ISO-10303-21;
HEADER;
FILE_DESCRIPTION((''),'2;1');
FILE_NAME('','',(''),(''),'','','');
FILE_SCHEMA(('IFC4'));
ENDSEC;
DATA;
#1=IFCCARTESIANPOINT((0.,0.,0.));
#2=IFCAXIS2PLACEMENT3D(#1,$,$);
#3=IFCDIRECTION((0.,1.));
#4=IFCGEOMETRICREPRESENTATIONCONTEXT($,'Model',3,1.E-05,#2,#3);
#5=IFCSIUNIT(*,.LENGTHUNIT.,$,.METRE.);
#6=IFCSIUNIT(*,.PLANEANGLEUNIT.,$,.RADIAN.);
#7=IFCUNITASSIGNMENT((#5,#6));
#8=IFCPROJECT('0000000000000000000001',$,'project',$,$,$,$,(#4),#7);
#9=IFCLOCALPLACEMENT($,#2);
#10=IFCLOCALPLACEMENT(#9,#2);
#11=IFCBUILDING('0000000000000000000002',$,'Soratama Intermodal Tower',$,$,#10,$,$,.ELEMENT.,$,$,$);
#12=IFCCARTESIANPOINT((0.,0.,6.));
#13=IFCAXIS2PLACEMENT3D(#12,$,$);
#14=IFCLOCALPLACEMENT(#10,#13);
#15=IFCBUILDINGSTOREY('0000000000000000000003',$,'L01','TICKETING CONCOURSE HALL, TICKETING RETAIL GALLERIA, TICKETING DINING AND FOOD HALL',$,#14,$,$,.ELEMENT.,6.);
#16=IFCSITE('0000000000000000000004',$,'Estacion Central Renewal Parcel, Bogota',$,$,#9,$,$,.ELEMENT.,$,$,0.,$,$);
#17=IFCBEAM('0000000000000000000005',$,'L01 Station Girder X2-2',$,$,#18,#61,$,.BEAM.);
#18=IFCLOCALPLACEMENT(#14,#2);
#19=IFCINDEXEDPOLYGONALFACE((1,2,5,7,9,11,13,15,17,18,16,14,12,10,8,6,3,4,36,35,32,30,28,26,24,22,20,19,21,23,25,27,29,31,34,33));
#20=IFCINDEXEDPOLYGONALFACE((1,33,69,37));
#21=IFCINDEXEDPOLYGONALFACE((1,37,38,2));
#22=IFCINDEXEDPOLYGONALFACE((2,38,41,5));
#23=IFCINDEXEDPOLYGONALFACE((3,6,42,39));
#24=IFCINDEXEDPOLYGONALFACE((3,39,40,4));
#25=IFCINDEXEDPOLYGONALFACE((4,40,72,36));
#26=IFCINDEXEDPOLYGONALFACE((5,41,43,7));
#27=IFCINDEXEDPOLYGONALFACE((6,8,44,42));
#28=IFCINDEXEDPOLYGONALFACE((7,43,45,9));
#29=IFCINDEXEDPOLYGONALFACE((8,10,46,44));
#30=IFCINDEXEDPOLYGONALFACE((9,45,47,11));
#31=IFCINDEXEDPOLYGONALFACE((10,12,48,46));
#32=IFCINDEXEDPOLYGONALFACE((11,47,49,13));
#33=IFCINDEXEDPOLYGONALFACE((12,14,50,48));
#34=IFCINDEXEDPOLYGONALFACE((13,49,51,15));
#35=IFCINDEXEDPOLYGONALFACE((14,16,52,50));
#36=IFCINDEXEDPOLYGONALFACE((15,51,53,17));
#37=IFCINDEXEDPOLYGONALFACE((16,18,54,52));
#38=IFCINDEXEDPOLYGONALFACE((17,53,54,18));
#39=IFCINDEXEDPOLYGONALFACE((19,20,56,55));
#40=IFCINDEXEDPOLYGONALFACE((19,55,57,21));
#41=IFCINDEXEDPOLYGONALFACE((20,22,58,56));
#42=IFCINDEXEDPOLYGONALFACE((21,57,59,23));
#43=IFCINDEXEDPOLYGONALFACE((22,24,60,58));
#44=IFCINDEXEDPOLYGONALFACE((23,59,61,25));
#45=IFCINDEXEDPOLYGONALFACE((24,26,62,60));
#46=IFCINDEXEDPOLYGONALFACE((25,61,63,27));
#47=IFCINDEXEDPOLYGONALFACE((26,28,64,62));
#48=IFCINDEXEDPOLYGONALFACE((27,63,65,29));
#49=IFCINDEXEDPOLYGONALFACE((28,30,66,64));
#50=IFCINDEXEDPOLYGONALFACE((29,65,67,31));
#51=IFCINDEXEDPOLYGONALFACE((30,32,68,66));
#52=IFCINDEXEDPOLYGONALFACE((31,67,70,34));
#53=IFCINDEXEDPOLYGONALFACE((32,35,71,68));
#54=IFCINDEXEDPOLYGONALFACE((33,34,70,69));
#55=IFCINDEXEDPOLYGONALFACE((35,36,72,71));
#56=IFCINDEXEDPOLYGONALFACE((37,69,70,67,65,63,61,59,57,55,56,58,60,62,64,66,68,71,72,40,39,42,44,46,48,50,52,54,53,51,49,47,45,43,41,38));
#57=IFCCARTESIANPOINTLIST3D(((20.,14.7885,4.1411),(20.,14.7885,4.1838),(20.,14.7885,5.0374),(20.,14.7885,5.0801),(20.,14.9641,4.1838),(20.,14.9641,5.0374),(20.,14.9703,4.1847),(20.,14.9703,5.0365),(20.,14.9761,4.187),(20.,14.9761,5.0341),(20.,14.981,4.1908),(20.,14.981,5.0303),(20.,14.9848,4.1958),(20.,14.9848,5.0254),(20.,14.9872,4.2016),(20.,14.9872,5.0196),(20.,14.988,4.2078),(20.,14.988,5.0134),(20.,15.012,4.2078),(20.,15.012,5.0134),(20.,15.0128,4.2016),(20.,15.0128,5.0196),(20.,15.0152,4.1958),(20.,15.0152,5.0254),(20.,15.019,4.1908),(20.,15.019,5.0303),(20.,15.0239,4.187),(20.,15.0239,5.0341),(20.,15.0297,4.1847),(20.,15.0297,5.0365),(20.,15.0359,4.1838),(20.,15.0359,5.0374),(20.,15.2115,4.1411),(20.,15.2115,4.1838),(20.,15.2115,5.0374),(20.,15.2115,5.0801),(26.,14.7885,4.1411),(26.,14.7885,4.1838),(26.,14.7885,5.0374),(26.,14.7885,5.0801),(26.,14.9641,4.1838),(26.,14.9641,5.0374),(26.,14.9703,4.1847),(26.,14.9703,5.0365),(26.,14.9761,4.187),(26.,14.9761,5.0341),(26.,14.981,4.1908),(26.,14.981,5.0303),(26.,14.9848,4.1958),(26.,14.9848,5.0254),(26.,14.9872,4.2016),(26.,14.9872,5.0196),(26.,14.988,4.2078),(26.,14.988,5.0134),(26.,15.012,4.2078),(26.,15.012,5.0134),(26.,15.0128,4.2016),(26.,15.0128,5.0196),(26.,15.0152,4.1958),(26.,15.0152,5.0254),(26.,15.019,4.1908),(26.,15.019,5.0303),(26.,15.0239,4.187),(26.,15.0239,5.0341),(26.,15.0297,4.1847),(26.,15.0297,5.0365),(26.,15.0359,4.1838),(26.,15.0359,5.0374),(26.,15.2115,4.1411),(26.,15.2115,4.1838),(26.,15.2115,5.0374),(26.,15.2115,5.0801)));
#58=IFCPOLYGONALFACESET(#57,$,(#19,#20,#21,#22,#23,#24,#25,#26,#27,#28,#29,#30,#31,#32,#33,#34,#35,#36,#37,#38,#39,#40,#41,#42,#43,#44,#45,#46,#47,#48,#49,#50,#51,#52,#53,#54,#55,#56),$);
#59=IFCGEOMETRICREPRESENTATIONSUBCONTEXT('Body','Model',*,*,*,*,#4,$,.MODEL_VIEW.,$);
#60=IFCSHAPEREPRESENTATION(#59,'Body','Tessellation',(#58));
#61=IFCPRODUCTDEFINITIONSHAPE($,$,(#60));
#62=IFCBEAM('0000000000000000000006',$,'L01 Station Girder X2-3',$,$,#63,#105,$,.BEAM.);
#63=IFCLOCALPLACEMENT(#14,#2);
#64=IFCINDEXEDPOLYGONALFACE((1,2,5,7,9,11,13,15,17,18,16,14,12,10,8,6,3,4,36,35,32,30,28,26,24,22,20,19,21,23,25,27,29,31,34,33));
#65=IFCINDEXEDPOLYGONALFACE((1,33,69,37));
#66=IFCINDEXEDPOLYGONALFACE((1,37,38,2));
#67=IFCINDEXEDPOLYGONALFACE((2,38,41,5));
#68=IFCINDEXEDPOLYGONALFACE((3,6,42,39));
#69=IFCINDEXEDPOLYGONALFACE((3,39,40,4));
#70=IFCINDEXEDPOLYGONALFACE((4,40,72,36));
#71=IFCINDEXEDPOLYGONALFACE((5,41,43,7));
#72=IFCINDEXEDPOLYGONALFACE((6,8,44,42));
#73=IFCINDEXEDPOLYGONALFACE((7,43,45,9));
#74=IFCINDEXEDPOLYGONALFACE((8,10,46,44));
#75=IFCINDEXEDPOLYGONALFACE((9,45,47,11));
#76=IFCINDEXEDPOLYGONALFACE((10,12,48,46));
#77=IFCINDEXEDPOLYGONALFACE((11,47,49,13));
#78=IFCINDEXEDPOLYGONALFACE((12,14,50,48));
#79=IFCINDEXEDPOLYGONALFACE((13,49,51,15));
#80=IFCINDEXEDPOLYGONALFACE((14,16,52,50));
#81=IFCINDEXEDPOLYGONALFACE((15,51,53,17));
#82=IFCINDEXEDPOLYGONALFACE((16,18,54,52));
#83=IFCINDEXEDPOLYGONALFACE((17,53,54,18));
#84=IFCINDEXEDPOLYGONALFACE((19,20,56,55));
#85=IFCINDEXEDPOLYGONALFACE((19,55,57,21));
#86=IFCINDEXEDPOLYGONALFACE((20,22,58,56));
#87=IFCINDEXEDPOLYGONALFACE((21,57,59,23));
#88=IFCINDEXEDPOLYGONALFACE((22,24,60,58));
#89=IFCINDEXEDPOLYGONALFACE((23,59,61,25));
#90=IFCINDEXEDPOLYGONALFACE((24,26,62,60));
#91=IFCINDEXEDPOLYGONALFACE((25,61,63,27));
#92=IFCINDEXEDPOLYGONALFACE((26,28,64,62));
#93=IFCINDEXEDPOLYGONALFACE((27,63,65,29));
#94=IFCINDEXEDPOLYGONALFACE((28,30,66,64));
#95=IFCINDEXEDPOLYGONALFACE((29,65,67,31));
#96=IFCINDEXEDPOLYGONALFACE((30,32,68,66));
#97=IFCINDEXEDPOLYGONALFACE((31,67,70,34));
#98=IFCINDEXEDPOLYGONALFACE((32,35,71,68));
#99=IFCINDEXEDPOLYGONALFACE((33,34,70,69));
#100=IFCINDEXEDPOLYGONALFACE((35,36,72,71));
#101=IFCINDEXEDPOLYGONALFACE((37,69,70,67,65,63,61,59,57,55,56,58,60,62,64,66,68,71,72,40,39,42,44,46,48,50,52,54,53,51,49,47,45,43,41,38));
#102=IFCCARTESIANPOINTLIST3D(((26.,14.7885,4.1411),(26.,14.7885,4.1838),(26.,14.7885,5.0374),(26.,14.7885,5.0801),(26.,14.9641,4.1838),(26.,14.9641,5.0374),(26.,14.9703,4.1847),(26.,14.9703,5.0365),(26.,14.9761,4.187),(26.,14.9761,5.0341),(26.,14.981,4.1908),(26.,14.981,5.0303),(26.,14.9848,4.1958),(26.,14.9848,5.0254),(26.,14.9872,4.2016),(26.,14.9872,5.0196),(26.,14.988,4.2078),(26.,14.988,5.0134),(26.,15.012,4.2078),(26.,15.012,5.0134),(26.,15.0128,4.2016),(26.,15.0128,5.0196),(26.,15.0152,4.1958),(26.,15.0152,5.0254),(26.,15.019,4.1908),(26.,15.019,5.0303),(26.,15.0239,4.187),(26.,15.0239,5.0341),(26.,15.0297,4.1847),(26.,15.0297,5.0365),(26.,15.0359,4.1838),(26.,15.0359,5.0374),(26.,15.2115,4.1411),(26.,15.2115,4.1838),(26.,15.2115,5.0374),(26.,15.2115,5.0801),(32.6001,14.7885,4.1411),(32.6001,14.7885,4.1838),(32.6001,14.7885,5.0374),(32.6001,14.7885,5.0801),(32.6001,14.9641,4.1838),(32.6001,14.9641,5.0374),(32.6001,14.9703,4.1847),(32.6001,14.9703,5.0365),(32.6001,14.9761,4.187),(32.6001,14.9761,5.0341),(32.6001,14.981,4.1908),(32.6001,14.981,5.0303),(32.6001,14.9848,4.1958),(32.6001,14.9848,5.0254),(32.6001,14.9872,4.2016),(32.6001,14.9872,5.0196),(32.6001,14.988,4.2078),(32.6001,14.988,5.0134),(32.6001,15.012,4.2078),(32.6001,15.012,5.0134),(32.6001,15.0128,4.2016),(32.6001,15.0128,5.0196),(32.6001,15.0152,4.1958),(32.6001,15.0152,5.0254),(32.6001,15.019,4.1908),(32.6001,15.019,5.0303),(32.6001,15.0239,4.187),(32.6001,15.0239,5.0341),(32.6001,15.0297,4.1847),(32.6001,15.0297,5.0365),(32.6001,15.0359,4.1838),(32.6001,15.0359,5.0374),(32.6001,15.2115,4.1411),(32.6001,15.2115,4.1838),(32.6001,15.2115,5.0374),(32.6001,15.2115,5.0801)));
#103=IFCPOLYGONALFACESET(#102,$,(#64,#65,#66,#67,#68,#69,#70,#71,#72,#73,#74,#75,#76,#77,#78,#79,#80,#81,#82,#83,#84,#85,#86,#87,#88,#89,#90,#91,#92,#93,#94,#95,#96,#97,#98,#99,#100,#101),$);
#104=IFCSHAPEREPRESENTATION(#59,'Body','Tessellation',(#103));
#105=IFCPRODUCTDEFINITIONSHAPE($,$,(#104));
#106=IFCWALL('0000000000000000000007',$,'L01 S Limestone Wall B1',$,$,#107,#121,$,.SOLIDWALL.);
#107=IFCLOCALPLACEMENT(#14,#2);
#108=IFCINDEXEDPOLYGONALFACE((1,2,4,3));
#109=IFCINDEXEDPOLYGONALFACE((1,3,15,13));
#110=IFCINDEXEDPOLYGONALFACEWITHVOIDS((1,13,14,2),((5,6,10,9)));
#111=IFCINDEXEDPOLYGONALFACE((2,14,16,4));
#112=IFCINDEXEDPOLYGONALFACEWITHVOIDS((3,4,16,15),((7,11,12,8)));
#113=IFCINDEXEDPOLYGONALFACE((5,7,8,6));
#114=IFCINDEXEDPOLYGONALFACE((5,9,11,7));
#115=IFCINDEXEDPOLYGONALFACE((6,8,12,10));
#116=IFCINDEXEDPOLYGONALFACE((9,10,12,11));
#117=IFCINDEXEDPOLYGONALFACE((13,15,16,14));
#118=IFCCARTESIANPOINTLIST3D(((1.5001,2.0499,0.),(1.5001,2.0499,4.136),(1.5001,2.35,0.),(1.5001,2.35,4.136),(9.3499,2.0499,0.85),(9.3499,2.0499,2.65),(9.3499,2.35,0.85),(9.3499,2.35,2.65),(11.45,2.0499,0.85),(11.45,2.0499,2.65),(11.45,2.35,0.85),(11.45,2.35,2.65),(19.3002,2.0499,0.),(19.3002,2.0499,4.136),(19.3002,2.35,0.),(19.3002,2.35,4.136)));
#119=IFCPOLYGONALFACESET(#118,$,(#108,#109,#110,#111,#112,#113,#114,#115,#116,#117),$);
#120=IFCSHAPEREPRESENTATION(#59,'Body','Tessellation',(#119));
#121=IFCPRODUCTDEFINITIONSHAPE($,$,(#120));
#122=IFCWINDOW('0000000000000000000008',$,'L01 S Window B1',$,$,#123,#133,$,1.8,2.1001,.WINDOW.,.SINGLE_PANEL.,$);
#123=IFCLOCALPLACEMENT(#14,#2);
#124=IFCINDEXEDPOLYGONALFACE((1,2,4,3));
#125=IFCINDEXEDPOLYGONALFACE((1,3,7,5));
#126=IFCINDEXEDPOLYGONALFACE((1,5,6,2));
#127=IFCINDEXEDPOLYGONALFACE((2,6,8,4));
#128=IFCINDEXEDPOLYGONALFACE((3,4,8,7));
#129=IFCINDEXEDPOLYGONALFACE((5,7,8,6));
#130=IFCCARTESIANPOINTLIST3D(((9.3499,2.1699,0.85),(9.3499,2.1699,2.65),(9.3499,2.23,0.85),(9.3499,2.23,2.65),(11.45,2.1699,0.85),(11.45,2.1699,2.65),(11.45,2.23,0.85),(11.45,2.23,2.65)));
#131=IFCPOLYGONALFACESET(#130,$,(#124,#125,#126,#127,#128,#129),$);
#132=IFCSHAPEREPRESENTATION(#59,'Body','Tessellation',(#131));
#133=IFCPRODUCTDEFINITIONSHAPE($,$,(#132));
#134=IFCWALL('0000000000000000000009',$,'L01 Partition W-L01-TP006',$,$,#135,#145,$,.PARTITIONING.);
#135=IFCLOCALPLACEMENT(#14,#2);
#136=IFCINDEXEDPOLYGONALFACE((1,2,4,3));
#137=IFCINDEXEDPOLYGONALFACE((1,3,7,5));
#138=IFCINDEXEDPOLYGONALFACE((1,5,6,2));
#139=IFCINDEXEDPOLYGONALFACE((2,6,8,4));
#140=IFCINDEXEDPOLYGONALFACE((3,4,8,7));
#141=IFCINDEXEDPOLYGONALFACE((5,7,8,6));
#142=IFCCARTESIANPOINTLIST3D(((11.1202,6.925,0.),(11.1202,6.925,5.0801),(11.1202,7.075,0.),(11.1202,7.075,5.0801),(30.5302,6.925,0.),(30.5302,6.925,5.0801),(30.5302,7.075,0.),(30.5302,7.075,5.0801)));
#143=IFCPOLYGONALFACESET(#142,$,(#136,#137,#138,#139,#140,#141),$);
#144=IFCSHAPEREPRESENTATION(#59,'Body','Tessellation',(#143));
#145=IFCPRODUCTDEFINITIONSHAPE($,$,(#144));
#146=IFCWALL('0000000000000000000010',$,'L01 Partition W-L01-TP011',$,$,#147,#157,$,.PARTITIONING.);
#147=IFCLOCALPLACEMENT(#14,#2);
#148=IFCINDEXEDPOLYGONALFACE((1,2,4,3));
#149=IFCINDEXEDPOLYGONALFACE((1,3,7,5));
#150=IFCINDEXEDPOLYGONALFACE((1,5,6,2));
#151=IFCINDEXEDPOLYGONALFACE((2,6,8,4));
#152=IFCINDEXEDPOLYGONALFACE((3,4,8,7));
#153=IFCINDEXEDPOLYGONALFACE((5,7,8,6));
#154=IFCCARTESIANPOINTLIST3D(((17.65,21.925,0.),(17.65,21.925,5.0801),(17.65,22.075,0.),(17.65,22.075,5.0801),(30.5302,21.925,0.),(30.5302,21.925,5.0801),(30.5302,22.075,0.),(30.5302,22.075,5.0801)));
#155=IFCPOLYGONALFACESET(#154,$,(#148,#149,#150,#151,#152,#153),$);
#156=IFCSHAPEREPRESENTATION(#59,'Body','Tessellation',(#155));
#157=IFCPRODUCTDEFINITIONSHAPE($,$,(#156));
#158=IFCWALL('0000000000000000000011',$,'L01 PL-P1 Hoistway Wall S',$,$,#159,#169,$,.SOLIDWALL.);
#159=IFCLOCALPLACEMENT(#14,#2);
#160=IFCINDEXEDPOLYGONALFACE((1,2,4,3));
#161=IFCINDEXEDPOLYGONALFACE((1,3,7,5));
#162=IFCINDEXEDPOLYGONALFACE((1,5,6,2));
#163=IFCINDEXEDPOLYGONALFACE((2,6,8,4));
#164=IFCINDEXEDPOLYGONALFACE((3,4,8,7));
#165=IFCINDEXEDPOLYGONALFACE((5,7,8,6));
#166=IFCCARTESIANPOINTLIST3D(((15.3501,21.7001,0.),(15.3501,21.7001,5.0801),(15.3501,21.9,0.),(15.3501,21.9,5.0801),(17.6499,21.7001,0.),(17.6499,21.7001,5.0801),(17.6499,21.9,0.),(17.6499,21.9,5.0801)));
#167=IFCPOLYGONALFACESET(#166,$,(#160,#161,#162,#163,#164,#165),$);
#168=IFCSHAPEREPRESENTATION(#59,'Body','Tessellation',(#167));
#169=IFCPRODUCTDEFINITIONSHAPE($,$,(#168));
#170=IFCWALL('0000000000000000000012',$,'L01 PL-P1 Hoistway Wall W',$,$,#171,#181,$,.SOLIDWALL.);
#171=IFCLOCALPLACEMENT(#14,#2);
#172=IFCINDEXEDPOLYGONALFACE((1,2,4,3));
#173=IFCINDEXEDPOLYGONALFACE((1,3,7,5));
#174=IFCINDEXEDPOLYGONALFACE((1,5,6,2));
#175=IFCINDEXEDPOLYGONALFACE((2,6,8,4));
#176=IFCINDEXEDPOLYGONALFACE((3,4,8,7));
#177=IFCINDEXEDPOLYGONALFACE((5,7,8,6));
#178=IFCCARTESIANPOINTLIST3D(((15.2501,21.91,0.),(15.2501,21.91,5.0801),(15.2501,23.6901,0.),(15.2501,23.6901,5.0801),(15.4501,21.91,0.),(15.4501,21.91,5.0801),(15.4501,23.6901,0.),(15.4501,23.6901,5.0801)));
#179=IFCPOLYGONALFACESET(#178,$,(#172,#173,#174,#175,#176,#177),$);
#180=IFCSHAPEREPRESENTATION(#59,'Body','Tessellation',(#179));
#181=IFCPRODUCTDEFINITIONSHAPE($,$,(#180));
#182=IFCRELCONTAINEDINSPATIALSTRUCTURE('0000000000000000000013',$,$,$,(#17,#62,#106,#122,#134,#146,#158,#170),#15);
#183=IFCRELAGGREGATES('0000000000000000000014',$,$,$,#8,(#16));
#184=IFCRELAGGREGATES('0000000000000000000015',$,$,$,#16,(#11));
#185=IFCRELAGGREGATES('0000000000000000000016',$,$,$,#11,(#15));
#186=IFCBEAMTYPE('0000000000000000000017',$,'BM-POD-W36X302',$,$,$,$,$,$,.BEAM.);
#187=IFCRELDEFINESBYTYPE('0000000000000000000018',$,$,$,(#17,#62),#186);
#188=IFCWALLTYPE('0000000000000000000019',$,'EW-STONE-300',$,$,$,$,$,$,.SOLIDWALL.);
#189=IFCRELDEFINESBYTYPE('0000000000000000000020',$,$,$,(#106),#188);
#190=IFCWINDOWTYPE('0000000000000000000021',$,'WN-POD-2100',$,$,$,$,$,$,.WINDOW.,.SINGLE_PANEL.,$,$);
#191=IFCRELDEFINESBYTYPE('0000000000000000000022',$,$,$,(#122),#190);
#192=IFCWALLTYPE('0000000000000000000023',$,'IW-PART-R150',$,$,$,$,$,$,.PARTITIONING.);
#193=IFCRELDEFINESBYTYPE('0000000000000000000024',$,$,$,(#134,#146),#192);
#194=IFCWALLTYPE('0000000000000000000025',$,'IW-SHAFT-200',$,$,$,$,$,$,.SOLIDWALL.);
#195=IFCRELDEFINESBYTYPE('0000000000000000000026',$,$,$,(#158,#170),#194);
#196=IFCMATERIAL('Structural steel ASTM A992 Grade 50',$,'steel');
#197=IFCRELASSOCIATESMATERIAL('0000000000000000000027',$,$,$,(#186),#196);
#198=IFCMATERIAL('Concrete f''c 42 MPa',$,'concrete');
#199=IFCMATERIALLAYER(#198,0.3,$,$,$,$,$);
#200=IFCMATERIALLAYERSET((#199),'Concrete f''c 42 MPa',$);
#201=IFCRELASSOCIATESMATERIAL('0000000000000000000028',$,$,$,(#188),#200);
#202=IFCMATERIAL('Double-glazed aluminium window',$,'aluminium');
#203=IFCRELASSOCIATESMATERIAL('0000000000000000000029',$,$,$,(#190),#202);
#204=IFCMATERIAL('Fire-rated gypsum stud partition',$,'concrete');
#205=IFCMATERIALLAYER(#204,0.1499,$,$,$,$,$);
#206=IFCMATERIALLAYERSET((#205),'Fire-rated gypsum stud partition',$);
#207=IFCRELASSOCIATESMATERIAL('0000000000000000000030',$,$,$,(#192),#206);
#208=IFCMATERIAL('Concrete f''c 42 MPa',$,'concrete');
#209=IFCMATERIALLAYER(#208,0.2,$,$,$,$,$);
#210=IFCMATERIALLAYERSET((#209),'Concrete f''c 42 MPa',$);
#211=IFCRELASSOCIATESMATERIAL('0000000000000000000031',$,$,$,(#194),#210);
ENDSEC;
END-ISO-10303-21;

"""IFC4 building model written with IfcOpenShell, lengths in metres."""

from ifc_helpers import new_model, si_unit, direction, frame, frame_2d, origin, origin_2d, place, context, subcontext, project, spatial, rectangle, i_section, extrude, material, layer, layer_set, material_profile, profile_set, type_object, element, fill, save


model = new_model("IFC4")

# Units and contexts
model_context = context("Model", 3, precision=1e-05, world=origin(), true_north=direction((0.0, 1.0)))
body_context = subcontext(model_context, "Body", "Model", "MODEL_VIEW")
ifc_project = project(units=[si_unit("LENGTHUNIT", "METRE"), si_unit("PLANEANGLEUNIT", "RADIAN")], contexts=[model_context])

# Site, building, storey
site_placement = place(None, origin())
site = spatial("IfcSite", under=ifc_project, at=site_placement, Name="Estacion Central Renewal Parcel, Bogota", CompositionType="ELEMENT", RefElevation=0.0)
building_placement = place(site_placement, origin())
building = spatial("IfcBuilding", under=site, at=building_placement, Name="Soratama Intermodal Tower", CompositionType="ELEMENT")
storey_placement = place(building_placement, frame((0.0, 0.0, 6.0)))
storey = spatial("IfcBuildingStorey", under=building, at=storey_placement, Name="L01", Description="TICKETING CONCOURSE HALL, TICKETING RETAIL GALLERIA, TICKETING DINING AND FOOD HALL", CompositionType="ELEMENT", Elevation=6.0)

# Beams
ifc_material_1 = material(Name="Structural steel ASTM A992 Grade 50", Category="steel")
ifc_material_profile_1 = material_profile(ifc_material_1, i_section(OverallWidth=0.4231, OverallDepth=0.939, WebThickness=0.0239, FlangeThickness=0.0427, FilletRadius=0.0239, at=origin_2d()), Name="W36X302")
ifc_profile_set_1 = profile_set([ifc_material_profile_1], Name="Structural steel ASTM A992 Grade 50")
beam_type_1 = type_object("IfcBeamType", Name="BM-POD-W36X302", PredefinedType="BEAM", material=ifc_profile_set_1)
beam_1_placement = place(storey_placement, frame((20.0, 15.0, 4.6106), z_axis=(1.0, 0.0, 0.0), x_axis=(0.0, 1.0, 0.0)))
element("IfcBeam", 1, at=beam_1_placement, inside=storey, type_object=beam_type_1, Name="L01 Station Girder X2-2", PredefinedType="BEAM", context=body_context, shape_type="SweptSolid", body=[
    extrude(i_section(OverallWidth=0.4231, OverallDepth=0.939, WebThickness=0.0239, FlangeThickness=0.0427, FilletRadius=0.0239, at=origin_2d()), origin(), (0.0, 0.0, 1.0), 6.0),
])
beam_2_placement = place(storey_placement, frame((26.0, 15.0, 4.6106), z_axis=(1.0, 0.0, 0.0), x_axis=(0.0, 1.0, 0.0)))
element("IfcBeam", 2, at=beam_2_placement, inside=storey, type_object=beam_type_1, Name="L01 Station Girder X2-3", PredefinedType="BEAM", context=body_context, shape_type="SweptSolid", body=[
    extrude(i_section(OverallWidth=0.4231, OverallDepth=0.939, WebThickness=0.0239, FlangeThickness=0.0427, FilletRadius=0.0239, at=origin_2d()), origin(), (0.0, 0.0, 1.0), 6.6001),
])

# Wall, opening, window
ifc_material_2 = material(Name="Concrete f'c 42 MPa", Category="concrete")
ifc_layer_1 = layer(ifc_material_2, 0.3)
ifc_layer_set_1 = layer_set([ifc_layer_1], Name="Concrete f'c 42 MPa")
wall_type_1 = type_object("IfcWallType", Name="EW-STONE-300", PredefinedType="SOLIDWALL", material=ifc_layer_set_1)
wall_1_placement = place(storey_placement, frame((19.3, 2.2, 0.0), z_axis=(0.0, 0.0, 1.0), x_axis=(-1.0, 0.0, 0.0)))
wall_1 = element("IfcWall", 3, at=wall_1_placement, inside=storey, type_object=wall_type_1, Name="L01 S Limestone Wall B1", PredefinedType="SOLIDWALL", context=body_context, shape_type="SweptSolid", body=[
    extrude(rectangle(XDim=17.8, YDim=0.3, at=frame_2d((8.8999, 0.0))), origin(), (0.0, 0.0, 1.0), 4.136),
])
opening_1_placement = place(wall_1_placement, frame((7.8501, 0.0, 0.8501)))
opening_1 = element("IfcOpeningElement", 4, at=opening_1_placement, cuts=wall_1, PredefinedType="OPENING", context=body_context, shape_type="SweptSolid", body=[
    extrude(rectangle(XDim=2.1001, YDim=1.8, at=frame_2d((1.05, 0.8999))), frame((0.0, 0.1599, 0.0), z_axis=(0.0, -1.0, 0.0), x_axis=(1.0, 0.0, 0.0)), (0.0, 0.0, 1.0), 0.3201),
])
ifc_material_3 = material(Name="Double-glazed aluminium window", Category="aluminium")
window_type = type_object("IfcWindowType", Name="WN-POD-2100", PartitioningType="SINGLE_PANEL", PredefinedType="WINDOW", material=ifc_material_3)
window_placement = place(opening_1_placement, origin())
window = element("IfcWindow", 5, at=window_placement, inside=storey, type_object=window_type, Name="L01 S Window B1", OverallHeight=1.8, OverallWidth=2.1001, PartitioningType="SINGLE_PANEL", PredefinedType="WINDOW", context=body_context, shape_type="SweptSolid", body=[
    extrude(rectangle(XDim=2.1001, YDim=1.8, at=frame_2d((1.05, 0.8999))), frame((0.0, 0.03, 0.0), z_axis=(0.0, -1.0, 0.0), x_axis=(1.0, 0.0, 0.0)), (0.0, 0.0, 1.0), 0.0601),
])
fill(opening_1, window)

# Walls
ifc_material_4 = material(Name="Fire-rated gypsum stud partition", Category="concrete")
ifc_layer_2 = layer(ifc_material_4, 0.1499)
ifc_layer_set_2 = layer_set([ifc_layer_2], Name="Fire-rated gypsum stud partition")
wall_type_2 = type_object("IfcWallType", Name="IW-PART-R150", PredefinedType="PARTITIONING", material=ifc_layer_set_2)
wall_2_placement = place(storey_placement, frame((11.1201, 7.0, 0.0), z_axis=(0.0, 0.0, 1.0), x_axis=(1.0, 0.0, 0.0)))
element("IfcWall", 6, at=wall_2_placement, inside=storey, type_object=wall_type_2, Name="L01 Partition W-L01-TP006", PredefinedType="PARTITIONING", context=body_context, shape_type="SweptSolid", body=[
    extrude(rectangle(XDim=19.4099, YDim=0.1499, at=frame_2d((9.7051, 0.0))), origin(), (0.0, 0.0, 1.0), 5.0801),
])
wall_3_placement = place(storey_placement, frame((30.53, 22.0, 0.0), z_axis=(0.0, 0.0, 1.0), x_axis=(-1.0, 0.0, 0.0)))
element("IfcWall", 7, at=wall_3_placement, inside=storey, type_object=wall_type_2, Name="L01 Partition W-L01-TP011", PredefinedType="PARTITIONING", context=body_context, shape_type="SweptSolid", body=[
    extrude(rectangle(XDim=12.8801, YDim=0.1499, at=frame_2d((6.4399, 0.0))), origin(), (0.0, 0.0, 1.0), 5.0801),
])
ifc_material_5 = material(Name="Concrete f'c 42 MPa", Category="concrete")
ifc_layer_3 = layer(ifc_material_5, 0.2)
ifc_layer_set_3 = layer_set([ifc_layer_3], Name="Concrete f'c 42 MPa")
wall_type_3 = type_object("IfcWallType", Name="IW-SHAFT-200", PredefinedType="SOLIDWALL", material=ifc_layer_set_3)
wall_4_placement = place(storey_placement, frame((15.3501, 21.8, 0.0), z_axis=(0.0, 0.0, 1.0), x_axis=(1.0, 0.0, 0.0)))
element("IfcWall", 8, at=wall_4_placement, inside=storey, type_object=wall_type_3, Name="L01 PL-P1 Hoistway Wall S", PredefinedType="SOLIDWALL", context=body_context, shape_type="SweptSolid", body=[
    extrude(rectangle(XDim=2.2998, YDim=0.2, at=frame_2d((1.1499, 0.0))), origin(), (0.0, 0.0, 1.0), 5.0801),
])
wall_5_placement = place(storey_placement, frame((15.3501, 21.9099, 0.0), z_axis=(0.0, 0.0, 1.0), x_axis=(0.0, 1.0, 0.0)))
element("IfcWall", 9, at=wall_5_placement, inside=storey, type_object=wall_type_3, Name="L01 PL-P1 Hoistway Wall W", PredefinedType="SOLIDWALL", context=body_context, shape_type="SweptSolid", body=[
    extrude(rectangle(XDim=1.78, YDim=0.2, at=frame_2d((0.8901, 0.0))), origin(), (0.0, 0.0, 1.0), 5.0801),
])

save(model, "model.ifc")
